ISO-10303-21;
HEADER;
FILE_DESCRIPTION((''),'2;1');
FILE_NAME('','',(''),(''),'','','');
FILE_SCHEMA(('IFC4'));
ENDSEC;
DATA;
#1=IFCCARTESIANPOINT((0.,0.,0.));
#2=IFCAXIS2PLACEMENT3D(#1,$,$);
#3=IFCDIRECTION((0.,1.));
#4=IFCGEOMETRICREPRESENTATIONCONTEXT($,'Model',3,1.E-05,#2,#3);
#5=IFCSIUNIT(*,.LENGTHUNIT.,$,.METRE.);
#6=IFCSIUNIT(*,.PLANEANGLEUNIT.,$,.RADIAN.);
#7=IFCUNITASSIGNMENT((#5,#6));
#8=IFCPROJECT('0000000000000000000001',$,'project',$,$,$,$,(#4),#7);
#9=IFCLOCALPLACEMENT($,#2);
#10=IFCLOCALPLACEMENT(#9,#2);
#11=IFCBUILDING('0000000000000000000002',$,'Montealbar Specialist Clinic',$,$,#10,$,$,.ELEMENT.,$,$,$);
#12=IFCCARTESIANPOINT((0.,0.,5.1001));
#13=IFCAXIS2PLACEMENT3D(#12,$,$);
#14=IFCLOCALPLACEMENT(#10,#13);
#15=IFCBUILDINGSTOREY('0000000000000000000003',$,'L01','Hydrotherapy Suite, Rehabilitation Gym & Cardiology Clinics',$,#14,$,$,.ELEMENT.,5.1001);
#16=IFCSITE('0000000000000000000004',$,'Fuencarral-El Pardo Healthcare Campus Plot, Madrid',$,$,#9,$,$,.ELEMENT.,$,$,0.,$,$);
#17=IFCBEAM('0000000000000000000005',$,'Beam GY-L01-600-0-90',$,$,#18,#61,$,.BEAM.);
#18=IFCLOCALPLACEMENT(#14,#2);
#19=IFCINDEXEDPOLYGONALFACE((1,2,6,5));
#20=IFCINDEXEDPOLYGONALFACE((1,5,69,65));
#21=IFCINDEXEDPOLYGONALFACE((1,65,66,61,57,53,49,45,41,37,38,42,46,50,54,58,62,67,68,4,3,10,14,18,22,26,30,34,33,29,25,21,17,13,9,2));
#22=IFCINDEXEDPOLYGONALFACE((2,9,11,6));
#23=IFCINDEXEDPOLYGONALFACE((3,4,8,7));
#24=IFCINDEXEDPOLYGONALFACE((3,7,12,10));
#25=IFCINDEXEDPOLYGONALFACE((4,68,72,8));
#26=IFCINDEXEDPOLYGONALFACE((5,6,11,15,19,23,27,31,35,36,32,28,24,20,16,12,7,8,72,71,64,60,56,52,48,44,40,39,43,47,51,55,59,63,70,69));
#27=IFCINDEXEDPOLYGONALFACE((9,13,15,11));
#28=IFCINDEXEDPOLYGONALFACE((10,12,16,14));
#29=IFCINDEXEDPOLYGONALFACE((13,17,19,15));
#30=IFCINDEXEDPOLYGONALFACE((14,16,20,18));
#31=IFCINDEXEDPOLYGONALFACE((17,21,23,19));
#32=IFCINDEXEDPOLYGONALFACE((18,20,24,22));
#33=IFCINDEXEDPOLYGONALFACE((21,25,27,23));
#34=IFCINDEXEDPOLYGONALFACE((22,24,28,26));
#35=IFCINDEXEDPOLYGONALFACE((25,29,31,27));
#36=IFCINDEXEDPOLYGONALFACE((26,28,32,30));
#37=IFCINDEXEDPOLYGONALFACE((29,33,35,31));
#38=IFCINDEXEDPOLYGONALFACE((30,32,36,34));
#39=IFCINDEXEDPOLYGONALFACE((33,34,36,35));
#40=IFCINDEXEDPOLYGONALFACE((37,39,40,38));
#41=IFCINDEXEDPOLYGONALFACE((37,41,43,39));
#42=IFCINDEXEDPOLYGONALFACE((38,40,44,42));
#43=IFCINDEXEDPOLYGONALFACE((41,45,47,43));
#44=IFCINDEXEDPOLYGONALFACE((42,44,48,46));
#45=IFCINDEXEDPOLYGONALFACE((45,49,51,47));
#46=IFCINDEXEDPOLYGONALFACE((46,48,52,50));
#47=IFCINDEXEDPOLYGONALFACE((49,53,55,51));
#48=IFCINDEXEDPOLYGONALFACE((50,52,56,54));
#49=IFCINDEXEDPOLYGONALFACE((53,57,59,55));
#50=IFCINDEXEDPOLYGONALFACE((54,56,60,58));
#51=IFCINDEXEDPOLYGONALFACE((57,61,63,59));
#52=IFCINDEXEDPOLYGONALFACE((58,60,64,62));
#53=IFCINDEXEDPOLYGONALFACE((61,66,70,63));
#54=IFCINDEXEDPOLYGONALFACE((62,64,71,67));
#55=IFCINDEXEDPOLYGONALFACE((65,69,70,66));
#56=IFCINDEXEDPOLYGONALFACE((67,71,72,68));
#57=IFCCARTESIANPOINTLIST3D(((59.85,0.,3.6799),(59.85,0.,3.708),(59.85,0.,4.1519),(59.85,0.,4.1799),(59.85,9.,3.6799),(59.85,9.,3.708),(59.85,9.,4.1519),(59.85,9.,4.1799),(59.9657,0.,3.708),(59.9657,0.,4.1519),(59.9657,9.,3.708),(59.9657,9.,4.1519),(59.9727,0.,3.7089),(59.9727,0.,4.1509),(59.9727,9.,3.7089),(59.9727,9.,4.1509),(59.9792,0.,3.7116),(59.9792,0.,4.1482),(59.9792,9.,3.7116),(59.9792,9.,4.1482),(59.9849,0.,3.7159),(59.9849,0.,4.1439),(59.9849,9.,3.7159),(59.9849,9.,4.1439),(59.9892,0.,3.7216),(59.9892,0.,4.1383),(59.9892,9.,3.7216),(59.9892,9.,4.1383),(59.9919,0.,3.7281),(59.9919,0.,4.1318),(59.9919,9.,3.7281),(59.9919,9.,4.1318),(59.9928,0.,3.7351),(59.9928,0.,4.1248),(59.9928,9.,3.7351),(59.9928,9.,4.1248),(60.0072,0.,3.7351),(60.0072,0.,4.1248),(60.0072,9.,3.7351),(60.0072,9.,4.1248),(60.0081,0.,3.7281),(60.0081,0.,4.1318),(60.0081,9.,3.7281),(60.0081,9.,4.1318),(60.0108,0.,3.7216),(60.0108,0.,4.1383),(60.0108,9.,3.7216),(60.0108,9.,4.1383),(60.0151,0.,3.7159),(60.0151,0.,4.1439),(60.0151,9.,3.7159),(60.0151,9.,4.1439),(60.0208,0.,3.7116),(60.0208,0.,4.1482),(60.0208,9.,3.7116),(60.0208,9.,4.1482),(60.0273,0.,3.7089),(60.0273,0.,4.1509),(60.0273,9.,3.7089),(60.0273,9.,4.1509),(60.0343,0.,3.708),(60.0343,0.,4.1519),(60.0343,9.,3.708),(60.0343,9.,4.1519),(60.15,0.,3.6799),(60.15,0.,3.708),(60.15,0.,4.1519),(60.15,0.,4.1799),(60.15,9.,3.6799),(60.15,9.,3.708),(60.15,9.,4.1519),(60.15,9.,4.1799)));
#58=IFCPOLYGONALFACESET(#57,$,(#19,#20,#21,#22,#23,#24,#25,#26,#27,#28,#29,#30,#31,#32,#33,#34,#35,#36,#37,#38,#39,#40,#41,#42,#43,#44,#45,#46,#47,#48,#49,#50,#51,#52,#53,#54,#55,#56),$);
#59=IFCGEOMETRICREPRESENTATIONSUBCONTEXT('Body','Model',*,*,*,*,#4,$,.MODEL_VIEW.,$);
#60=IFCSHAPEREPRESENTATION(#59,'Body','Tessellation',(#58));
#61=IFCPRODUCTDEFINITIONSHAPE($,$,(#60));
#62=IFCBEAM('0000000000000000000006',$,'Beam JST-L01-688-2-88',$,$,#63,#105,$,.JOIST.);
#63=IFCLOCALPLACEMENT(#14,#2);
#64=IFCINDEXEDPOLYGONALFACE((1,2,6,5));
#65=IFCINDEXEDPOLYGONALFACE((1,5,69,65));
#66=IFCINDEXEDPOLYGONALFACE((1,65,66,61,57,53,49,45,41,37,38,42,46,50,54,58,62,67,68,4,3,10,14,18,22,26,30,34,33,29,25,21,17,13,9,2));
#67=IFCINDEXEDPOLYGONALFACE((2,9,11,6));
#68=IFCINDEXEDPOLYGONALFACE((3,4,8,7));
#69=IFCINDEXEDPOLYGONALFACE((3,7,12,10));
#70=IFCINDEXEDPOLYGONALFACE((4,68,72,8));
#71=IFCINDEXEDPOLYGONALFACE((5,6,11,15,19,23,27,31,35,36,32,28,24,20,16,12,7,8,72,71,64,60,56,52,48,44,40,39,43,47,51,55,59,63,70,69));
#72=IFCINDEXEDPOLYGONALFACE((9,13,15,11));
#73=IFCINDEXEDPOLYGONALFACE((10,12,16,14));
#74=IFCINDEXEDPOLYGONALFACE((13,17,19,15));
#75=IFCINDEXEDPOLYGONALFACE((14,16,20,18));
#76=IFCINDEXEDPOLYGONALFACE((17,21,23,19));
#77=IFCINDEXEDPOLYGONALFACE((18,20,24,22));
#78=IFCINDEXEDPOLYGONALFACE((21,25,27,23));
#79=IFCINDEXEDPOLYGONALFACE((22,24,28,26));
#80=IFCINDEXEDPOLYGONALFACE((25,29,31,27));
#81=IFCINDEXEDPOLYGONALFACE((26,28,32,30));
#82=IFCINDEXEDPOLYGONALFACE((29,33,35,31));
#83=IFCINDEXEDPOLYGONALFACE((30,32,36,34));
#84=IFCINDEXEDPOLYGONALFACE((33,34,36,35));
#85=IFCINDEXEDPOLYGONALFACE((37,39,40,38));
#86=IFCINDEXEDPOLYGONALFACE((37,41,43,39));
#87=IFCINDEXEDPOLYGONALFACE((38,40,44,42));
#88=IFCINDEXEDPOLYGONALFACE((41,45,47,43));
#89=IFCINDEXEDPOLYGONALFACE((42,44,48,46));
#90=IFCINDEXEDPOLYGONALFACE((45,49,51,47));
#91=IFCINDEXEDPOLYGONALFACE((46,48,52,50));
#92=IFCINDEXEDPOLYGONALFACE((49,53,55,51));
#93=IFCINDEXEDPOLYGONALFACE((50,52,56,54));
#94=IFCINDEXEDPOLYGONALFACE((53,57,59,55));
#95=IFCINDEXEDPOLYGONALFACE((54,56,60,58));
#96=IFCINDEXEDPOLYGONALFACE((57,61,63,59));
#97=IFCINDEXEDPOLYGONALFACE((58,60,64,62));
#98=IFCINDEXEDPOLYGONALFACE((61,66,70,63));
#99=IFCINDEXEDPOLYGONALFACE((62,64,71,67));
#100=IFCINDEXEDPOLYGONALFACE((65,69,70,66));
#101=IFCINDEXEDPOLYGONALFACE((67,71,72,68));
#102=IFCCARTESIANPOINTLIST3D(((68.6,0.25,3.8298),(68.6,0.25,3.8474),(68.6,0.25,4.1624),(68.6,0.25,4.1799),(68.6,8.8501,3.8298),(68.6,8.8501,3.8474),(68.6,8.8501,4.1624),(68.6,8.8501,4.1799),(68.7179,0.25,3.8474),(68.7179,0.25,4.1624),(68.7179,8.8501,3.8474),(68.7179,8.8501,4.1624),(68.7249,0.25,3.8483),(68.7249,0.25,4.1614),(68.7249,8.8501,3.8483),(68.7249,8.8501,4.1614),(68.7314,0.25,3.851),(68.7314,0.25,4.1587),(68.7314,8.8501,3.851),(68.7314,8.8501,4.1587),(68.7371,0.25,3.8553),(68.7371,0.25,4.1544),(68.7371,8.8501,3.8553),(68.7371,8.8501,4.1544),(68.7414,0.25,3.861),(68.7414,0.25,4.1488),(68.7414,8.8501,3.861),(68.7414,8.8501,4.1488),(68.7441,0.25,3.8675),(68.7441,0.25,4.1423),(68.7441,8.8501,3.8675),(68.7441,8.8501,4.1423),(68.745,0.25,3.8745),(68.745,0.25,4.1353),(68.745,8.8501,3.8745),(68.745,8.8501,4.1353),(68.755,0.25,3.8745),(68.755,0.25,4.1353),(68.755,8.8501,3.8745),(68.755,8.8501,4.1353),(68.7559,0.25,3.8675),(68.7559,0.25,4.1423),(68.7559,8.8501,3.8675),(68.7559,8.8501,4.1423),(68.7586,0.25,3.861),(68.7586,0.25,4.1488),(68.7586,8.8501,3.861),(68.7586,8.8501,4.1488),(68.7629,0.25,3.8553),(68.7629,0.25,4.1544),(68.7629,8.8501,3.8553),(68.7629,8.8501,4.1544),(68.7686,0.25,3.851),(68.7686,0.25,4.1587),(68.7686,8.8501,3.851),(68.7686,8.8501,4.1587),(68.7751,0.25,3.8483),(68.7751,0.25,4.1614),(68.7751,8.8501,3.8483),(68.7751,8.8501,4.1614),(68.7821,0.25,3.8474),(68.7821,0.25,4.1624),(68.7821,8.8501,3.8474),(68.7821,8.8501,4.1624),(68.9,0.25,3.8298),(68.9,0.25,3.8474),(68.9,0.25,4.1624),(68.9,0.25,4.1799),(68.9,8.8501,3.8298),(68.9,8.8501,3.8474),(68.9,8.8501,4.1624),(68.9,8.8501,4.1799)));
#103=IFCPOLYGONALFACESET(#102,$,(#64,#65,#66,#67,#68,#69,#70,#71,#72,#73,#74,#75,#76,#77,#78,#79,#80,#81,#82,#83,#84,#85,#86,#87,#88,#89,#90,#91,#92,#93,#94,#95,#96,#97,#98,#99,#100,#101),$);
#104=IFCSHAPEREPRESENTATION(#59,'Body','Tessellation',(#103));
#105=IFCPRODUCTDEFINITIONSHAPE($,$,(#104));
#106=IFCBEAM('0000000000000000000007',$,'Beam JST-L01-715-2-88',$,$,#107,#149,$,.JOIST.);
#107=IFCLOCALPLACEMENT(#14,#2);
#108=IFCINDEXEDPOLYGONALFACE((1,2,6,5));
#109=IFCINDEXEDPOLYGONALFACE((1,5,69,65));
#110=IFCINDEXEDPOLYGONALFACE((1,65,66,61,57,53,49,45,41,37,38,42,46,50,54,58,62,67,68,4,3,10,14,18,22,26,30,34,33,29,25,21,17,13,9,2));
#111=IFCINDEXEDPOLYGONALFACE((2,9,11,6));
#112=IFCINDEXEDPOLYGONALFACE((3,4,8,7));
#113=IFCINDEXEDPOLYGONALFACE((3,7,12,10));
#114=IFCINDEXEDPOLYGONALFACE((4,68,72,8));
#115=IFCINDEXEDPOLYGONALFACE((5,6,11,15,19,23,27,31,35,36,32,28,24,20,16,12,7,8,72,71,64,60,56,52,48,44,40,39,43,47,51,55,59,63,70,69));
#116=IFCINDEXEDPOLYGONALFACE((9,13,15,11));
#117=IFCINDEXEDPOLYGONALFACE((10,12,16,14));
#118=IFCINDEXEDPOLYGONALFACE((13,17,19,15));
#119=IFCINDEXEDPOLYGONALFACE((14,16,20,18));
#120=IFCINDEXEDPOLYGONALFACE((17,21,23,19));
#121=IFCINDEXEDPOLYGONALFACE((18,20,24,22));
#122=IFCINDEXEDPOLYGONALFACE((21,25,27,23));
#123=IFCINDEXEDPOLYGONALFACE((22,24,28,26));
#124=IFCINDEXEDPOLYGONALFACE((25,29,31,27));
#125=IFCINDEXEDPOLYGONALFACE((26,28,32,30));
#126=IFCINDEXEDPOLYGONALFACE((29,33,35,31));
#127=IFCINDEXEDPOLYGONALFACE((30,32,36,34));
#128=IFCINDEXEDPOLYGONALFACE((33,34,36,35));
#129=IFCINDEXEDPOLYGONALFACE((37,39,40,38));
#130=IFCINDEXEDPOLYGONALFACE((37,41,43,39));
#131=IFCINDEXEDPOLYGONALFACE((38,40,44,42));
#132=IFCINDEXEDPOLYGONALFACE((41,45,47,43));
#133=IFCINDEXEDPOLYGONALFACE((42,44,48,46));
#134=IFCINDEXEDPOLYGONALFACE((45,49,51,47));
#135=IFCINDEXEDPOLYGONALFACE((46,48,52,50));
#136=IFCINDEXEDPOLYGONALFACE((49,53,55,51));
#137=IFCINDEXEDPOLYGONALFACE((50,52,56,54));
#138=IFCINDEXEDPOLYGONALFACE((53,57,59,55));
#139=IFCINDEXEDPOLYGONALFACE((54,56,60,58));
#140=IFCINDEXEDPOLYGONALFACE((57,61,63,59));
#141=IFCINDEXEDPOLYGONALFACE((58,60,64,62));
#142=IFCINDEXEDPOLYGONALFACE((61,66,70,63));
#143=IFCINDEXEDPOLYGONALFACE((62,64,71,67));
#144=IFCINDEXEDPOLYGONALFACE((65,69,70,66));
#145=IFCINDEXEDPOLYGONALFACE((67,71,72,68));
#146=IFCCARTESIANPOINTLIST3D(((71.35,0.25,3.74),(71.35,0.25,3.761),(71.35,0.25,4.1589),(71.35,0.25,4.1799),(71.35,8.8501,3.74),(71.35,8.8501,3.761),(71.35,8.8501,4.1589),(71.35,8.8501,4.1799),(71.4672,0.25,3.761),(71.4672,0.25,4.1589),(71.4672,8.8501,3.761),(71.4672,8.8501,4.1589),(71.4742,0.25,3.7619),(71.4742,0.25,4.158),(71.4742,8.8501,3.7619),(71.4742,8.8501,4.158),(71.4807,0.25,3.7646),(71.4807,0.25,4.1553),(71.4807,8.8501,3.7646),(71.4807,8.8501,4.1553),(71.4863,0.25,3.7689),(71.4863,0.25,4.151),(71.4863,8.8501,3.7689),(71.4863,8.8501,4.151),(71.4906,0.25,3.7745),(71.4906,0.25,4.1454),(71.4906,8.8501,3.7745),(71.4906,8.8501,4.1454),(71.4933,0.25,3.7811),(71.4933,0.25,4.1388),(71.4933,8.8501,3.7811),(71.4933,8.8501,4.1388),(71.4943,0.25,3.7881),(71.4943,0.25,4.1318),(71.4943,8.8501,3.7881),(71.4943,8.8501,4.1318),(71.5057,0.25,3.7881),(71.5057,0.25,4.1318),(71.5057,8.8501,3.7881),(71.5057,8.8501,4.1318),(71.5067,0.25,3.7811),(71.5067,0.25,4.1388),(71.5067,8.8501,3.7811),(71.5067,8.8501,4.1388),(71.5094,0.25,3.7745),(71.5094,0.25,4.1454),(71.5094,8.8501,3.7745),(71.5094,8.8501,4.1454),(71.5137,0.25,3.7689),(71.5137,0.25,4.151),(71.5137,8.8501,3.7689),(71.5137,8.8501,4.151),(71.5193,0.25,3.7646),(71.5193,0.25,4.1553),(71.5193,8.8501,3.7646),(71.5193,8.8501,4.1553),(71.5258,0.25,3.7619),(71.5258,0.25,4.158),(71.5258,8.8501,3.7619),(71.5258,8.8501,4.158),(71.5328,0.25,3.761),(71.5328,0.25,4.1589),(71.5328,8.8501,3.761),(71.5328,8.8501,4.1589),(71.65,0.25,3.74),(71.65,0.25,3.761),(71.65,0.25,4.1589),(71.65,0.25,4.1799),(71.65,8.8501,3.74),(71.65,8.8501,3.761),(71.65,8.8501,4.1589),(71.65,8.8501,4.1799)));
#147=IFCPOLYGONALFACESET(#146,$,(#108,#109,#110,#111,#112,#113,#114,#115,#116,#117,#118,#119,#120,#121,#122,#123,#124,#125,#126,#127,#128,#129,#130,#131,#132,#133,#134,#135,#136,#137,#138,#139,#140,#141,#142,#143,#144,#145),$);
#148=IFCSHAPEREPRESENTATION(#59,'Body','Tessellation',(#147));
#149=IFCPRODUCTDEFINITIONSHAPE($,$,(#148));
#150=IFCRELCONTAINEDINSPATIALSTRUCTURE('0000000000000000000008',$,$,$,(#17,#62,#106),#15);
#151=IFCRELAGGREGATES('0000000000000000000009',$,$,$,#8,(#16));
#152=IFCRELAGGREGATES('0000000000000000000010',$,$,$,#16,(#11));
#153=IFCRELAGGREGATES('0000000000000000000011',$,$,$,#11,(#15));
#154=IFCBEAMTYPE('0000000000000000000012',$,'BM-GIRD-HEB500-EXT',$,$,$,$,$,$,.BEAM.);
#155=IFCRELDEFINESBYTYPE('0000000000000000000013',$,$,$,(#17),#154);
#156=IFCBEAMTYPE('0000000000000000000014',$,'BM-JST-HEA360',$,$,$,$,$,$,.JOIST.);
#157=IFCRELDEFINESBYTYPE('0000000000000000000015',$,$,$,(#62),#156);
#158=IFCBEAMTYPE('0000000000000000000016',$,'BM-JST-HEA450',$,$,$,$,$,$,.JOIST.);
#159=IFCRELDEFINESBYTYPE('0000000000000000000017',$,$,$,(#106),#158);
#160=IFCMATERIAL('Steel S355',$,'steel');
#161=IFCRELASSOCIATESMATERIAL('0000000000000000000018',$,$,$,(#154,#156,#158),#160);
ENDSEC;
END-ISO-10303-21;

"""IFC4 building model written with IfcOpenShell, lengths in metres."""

from ifc_helpers import new_model, si_unit, direction, frame, origin, origin_2d, place, context, subcontext, project, spatial, i_section, extrude, material, material_profile, profile_set, type_object, element, save


model = new_model("IFC4")

# Units and contexts
model_context = context("Model", 3, precision=1e-05, world=origin(), true_north=direction((0.0, 1.0)))
body_context = subcontext(model_context, "Body", "Model", "MODEL_VIEW")
ifc_project = project(units=[si_unit("LENGTHUNIT", "METRE"), si_unit("PLANEANGLEUNIT", "RADIAN")], contexts=[model_context])

# Site, building, storey
site_placement = place(None, origin())
site = spatial("IfcSite", under=ifc_project, at=site_placement, Name="Fuencarral-El Pardo Healthcare Campus Plot, Madrid", CompositionType="ELEMENT", RefElevation=0.0)
building_placement = place(site_placement, origin())
building = spatial("IfcBuilding", under=site, at=building_placement, Name="Montealbar Specialist Clinic", CompositionType="ELEMENT")
storey_placement = place(building_placement, frame((0.0, 0.0, 5.1001)))
storey = spatial("IfcBuildingStorey", under=building, at=storey_placement, Name="L01", Description="Hydrotherapy Suite, Rehabilitation Gym & Cardiology Clinics", CompositionType="ELEMENT", Elevation=5.1001)

# Shared definitions
ifc_material_1 = material(Name="Steel S355", Category="steel")

# Beams
ifc_material_profile_1 = material_profile(ifc_material_1, i_section(OverallWidth=0.3, OverallDepth=0.5, WebThickness=0.0144, FlangeThickness=0.0281, FilletRadius=0.0271, at=origin_2d()), Name="HEB 500", Category="steel")
ifc_profile_set_1 = profile_set([ifc_material_profile_1], Name="Steel S355")
beam_type_1 = type_object("IfcBeamType", Name="BM-GIRD-HEB500-EXT", PredefinedType="BEAM", material=ifc_profile_set_1)
beam_1_placement = place(storey_placement, frame((60.0, 0.0, 3.9299), z_axis=(0.0, 1.0, 0.0), x_axis=(-1.0, 0.0, 0.0)))
element("IfcBeam", 1, at=beam_1_placement, inside=storey, type_object=beam_type_1, Name="Beam GY-L01-600-0-90", PredefinedType="BEAM", context=body_context, shape_type="SweptSolid", body=[
    extrude(i_section(OverallWidth=0.3, OverallDepth=0.5, WebThickness=0.0144, FlangeThickness=0.0281, FilletRadius=0.0271, at=origin_2d()), origin(), (0.0, 0.0, 1.0), 9.0),
])
ifc_material_profile_2 = material_profile(ifc_material_1, i_section(OverallWidth=0.3, OverallDepth=0.3501, WebThickness=0.01, FlangeThickness=0.0176, FilletRadius=0.0271, at=origin_2d()), Name="HEA 360", Category="steel")
ifc_profile_set_2 = profile_set([ifc_material_profile_2], Name="Steel S355")
beam_type_2 = type_object("IfcBeamType", Name="BM-JST-HEA360", PredefinedType="JOIST", material=ifc_profile_set_2)
beam_2_placement = place(storey_placement, frame((68.75, 0.25, 4.0049), z_axis=(0.0, 1.0, 0.0), x_axis=(-1.0, 0.0, 0.0)))
element("IfcBeam", 2, at=beam_2_placement, inside=storey, type_object=beam_type_2, Name="Beam JST-L01-688-2-88", PredefinedType="JOIST", context=body_context, shape_type="SweptSolid", body=[
    extrude(i_section(OverallWidth=0.3, OverallDepth=0.3501, WebThickness=0.01, FlangeThickness=0.0176, FilletRadius=0.0271, at=origin_2d()), origin(), (0.0, 0.0, 1.0), 8.6001),
])
ifc_material_profile_3 = material_profile(ifc_material_1, i_section(OverallWidth=0.3, OverallDepth=0.4399, WebThickness=0.0115, FlangeThickness=0.021, FilletRadius=0.0271, at=origin_2d()), Name="HEA 450", Category="steel")
ifc_profile_set_3 = profile_set([ifc_material_profile_3], Name="Steel S355")
beam_type_3 = type_object("IfcBeamType", Name="BM-JST-HEA450", PredefinedType="JOIST", material=ifc_profile_set_3)
beam_3_placement = place(storey_placement, frame((71.5, 0.25, 3.96), z_axis=(0.0, 1.0, 0.0), x_axis=(-1.0, 0.0, 0.0)))
element("IfcBeam", 3, at=beam_3_placement, inside=storey, type_object=beam_type_3, Name="Beam JST-L01-715-2-88", PredefinedType="JOIST", context=body_context, shape_type="SweptSolid", body=[
    extrude(i_section(OverallWidth=0.3, OverallDepth=0.4399, WebThickness=0.0115, FlangeThickness=0.021, FilletRadius=0.0271, at=origin_2d()), origin(), (0.0, 0.0, 1.0), 8.6001),
])

save(model, "model.ifc")
